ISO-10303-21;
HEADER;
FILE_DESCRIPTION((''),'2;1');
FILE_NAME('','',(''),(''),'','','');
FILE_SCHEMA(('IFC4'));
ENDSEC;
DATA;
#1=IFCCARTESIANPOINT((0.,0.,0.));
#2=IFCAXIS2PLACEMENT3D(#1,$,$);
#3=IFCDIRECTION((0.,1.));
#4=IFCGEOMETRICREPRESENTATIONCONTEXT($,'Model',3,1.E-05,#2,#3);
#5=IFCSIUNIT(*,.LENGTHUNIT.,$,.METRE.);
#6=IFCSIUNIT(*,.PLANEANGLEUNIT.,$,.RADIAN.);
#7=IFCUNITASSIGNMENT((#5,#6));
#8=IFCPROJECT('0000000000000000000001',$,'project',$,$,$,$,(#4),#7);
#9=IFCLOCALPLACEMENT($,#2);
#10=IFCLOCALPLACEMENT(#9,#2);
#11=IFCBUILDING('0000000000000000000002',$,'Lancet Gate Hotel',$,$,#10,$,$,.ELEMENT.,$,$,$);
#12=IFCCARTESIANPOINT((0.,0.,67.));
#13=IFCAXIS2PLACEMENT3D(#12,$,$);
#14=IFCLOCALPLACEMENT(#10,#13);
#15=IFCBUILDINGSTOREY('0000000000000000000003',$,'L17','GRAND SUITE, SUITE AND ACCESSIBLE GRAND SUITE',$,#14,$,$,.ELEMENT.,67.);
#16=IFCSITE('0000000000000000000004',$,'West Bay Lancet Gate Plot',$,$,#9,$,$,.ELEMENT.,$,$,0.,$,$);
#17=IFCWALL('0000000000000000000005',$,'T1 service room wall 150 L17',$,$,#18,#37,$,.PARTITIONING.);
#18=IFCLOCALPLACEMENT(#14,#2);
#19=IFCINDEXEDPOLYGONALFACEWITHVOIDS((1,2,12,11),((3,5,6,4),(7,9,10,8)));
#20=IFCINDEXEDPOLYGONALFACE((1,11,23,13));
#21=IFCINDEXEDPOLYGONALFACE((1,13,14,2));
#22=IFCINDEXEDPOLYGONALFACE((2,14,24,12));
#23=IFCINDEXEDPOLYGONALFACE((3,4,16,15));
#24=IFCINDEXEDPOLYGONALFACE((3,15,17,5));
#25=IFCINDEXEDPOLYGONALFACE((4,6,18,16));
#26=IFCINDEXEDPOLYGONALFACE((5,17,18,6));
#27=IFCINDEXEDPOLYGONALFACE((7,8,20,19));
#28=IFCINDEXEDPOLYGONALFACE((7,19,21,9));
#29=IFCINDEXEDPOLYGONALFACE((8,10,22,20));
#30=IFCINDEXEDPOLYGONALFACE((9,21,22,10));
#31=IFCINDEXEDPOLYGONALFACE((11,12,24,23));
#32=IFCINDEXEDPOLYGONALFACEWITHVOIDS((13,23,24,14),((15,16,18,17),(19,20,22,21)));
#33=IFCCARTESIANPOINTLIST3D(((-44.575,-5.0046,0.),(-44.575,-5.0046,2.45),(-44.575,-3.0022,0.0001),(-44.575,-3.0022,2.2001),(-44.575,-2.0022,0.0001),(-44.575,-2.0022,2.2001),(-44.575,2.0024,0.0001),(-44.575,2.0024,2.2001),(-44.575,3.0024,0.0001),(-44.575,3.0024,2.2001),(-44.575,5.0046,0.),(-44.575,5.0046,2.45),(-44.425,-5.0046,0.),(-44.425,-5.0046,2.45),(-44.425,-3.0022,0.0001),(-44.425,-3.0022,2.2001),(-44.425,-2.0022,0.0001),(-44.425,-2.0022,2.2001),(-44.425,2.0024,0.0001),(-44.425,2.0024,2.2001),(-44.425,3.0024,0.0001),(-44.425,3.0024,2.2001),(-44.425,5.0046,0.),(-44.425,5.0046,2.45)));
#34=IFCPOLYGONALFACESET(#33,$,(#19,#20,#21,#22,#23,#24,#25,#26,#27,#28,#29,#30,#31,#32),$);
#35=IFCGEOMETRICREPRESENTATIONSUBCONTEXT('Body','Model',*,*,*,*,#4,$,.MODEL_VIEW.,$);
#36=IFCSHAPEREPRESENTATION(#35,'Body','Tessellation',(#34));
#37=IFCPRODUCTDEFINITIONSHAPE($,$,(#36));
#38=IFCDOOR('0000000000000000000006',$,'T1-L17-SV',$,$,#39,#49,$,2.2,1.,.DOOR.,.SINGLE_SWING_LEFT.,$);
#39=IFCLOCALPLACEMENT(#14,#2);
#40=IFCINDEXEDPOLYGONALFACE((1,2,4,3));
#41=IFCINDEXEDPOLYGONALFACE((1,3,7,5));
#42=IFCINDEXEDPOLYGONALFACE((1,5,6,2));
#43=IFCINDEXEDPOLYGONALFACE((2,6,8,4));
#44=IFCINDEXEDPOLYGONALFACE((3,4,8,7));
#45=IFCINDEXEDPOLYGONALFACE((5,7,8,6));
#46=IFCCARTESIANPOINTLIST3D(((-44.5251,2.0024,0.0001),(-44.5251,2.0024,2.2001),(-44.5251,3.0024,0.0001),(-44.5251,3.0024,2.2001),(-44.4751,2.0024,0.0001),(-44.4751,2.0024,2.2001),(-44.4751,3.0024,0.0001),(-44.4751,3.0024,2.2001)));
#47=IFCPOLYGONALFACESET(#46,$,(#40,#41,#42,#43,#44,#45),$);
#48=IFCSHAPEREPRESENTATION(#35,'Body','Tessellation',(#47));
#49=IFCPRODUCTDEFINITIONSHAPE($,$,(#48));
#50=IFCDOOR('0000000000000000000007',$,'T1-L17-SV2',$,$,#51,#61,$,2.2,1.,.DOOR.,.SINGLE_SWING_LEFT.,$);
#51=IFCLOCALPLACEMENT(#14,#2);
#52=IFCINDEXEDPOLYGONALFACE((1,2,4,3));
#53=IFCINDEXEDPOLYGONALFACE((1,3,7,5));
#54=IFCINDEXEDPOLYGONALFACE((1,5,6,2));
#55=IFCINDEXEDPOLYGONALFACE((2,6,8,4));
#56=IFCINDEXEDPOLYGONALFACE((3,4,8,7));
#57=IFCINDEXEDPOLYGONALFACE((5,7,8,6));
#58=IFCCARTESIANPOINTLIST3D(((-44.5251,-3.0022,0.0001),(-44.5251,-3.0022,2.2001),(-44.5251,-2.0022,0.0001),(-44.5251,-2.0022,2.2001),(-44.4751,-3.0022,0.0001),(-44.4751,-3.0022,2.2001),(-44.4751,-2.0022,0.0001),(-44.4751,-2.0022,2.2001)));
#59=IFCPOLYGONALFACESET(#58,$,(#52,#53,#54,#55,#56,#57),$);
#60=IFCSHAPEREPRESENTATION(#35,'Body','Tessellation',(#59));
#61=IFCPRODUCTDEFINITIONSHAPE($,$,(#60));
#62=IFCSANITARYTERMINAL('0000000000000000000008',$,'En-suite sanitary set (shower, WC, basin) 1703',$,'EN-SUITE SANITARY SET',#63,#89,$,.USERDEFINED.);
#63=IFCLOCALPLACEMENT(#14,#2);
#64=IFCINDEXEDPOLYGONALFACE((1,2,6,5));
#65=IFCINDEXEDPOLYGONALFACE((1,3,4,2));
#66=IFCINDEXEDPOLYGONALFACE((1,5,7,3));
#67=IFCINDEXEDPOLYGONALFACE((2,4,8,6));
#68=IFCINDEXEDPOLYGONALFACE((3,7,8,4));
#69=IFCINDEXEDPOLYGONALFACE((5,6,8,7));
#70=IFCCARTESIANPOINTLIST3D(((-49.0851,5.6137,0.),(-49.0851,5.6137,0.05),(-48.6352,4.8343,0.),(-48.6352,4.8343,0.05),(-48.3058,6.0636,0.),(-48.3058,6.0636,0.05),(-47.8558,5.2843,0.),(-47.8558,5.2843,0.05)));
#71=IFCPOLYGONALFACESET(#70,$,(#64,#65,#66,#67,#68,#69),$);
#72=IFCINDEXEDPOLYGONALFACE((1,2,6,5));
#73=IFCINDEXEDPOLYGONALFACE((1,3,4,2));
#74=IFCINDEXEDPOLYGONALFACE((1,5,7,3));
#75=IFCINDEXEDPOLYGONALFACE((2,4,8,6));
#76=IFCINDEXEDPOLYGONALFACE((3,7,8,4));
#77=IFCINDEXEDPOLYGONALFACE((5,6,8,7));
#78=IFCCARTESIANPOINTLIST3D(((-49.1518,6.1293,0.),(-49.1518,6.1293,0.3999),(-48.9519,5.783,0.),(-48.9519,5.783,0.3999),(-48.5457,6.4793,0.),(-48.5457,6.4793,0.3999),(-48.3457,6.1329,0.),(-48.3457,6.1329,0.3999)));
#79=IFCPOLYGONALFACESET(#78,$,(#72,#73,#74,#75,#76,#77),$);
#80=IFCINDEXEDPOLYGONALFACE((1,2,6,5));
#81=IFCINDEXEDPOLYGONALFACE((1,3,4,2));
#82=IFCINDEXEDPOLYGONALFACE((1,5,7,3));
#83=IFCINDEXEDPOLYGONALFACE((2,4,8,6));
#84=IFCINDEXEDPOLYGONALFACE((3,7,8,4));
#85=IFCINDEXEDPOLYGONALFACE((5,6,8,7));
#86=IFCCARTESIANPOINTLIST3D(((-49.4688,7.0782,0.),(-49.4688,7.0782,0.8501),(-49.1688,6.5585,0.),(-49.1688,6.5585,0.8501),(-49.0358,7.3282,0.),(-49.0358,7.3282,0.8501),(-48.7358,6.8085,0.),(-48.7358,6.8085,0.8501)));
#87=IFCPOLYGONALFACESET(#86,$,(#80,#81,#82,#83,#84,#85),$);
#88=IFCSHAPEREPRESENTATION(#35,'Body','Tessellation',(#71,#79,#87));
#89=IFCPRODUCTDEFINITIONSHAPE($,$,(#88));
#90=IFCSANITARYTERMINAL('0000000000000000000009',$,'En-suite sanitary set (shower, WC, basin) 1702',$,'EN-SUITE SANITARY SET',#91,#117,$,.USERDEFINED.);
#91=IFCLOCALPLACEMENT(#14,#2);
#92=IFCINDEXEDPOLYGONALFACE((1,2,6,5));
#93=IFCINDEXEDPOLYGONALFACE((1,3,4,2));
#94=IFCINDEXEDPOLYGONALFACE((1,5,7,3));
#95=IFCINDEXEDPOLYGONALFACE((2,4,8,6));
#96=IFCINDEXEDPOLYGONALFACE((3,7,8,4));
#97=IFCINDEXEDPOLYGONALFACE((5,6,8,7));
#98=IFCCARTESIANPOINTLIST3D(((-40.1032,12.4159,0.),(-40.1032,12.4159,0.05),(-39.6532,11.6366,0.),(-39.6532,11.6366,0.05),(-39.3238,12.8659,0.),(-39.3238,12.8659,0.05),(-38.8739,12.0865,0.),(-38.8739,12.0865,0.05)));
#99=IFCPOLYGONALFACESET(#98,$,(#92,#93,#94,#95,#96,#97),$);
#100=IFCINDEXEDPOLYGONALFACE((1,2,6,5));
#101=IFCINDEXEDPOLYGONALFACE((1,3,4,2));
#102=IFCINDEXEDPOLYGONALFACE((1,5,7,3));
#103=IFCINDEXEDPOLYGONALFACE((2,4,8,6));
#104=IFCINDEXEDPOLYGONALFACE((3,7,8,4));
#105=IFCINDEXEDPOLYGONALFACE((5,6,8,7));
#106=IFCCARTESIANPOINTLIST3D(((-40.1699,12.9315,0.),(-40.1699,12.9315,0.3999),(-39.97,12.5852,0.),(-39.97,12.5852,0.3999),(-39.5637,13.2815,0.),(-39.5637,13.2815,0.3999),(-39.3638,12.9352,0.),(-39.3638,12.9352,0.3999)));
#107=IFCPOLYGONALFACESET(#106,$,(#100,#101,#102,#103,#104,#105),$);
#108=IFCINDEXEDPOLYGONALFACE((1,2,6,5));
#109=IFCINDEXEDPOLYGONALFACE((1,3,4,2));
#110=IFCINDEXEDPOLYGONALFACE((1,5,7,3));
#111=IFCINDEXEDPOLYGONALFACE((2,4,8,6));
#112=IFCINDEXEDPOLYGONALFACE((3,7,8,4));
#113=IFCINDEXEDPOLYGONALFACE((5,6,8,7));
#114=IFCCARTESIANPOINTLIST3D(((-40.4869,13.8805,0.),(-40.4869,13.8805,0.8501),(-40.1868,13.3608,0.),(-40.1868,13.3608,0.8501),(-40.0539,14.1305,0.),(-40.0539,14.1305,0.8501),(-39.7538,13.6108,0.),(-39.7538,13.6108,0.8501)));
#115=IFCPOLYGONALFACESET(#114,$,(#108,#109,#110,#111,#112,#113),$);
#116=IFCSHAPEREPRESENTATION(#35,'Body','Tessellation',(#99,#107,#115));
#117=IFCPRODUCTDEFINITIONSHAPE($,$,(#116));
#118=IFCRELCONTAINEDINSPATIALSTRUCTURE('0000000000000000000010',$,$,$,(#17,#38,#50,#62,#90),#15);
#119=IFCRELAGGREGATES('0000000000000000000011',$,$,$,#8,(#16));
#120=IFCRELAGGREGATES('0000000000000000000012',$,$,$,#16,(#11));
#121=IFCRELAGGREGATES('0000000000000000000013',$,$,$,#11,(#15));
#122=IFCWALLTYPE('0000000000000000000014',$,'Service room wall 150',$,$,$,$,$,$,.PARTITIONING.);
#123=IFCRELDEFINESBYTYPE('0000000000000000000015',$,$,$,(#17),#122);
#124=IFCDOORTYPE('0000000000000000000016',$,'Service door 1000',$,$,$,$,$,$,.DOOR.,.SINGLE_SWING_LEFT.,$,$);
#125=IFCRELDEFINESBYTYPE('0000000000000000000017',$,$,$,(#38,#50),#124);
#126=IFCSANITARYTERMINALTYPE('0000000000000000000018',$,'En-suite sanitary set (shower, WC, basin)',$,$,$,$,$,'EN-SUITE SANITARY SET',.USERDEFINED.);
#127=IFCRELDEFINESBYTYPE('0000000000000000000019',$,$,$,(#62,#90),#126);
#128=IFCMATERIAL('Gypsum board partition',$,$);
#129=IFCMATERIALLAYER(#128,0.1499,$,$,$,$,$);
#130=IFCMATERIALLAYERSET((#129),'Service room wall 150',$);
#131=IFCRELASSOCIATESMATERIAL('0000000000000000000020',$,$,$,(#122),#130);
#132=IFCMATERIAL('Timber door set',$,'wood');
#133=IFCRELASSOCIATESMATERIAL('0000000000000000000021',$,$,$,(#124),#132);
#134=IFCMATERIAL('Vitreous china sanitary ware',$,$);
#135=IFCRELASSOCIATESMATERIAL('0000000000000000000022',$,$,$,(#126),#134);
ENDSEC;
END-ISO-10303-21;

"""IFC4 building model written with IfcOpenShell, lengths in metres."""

from ifc_helpers import new_model, si_unit, direction, frame, frame_2d, origin, origin_2d, place, context, subcontext, project, spatial, rectangle, extrude, material, layer, layer_set, type_object, element, fill, save


model = new_model("IFC4")

# Units and contexts
model_context = context("Model", 3, precision=1e-05, world=origin(), true_north=direction((0.0, 1.0)))
body_context = subcontext(model_context, "Body", "Model", "MODEL_VIEW")
ifc_project = project(units=[si_unit("LENGTHUNIT", "METRE"), si_unit("PLANEANGLEUNIT", "RADIAN")], contexts=[model_context])

# Site, building, storey
site_placement = place(None, origin())
site = spatial("IfcSite", under=ifc_project, at=site_placement, Name="West Bay Lancet Gate Plot", CompositionType="ELEMENT", RefElevation=0.0)
building_placement = place(site_placement, origin())
building = spatial("IfcBuilding", under=site, at=building_placement, Name="Lancet Gate Hotel", CompositionType="ELEMENT")
storey_placement = place(building_placement, frame((0.0, 0.0, 67.0)))
storey = spatial("IfcBuildingStorey", under=building, at=storey_placement, Name="L17", Description="GRAND SUITE, SUITE AND ACCESSIBLE GRAND SUITE", CompositionType="ELEMENT", Elevation=67.0)

# Shared definitions
ifc_material_1 = material(Name="Gypsum board partition")
ifc_layer_1 = layer(ifc_material_1, 0.1499)
ifc_layer_set_1 = layer_set([ifc_layer_1], Name="Service room wall 150")
wall_type_1 = type_object("IfcWallType", Name="Service room wall 150", PredefinedType="PARTITIONING", material=ifc_layer_set_1)

# Wall, openings, doors
wall_1_placement = place(storey_placement, frame((-44.5, 5.0046, 0.0), z_axis=(0.0, 0.0, 1.0), x_axis=(0.0, -1.0, 0.0)))
wall_1 = element("IfcWall", 1, at=wall_1_placement, inside=storey, type_object=wall_type_1, Name="T1 service room wall 150 L17", PredefinedType="PARTITIONING", context=body_context, shape_type="SweptSolid", body=[
    extrude(rectangle(XDim=10.0093, YDim=0.1499, at=frame_2d((5.0046, 0.0))), origin(), (0.0, 0.0, 1.0), 2.45),
])
opening_1_placement = place(wall_1_placement, frame((2.0022, 0.0, 0.0)))
opening_1 = element("IfcOpeningElement", 2, at=opening_1_placement, cuts=wall_1, PredefinedType="OPENING", context=body_context, shape_type="SweptSolid", body=[
    extrude(rectangle(XDim=1.0, YDim=2.2, at=frame_2d((0.5, 1.1001))), frame((0.0, 0.085, 0.0), z_axis=(0.0, -1.0, 0.0), x_axis=(1.0, 0.0, 0.0)), (0.0, 0.0, 1.0), 0.1699),
])
opening_2_placement = place(wall_1_placement, frame((7.0068, 0.0, 0.0)))
opening_2 = element("IfcOpeningElement", 3, at=opening_2_placement, cuts=wall_1, PredefinedType="OPENING", context=body_context, shape_type="SweptSolid", body=[
    extrude(rectangle(XDim=1.0, YDim=2.2, at=frame_2d((0.5, 1.1001))), frame((0.0, 0.085, 0.0), z_axis=(0.0, -1.0, 0.0), x_axis=(1.0, 0.0, 0.0)), (0.0, 0.0, 1.0), 0.1699),
])
ifc_material_2 = material(Name="Timber door set", Category="wood")
door_type_1 = type_object("IfcDoorType", Name="Service door 1000", OperationType="SINGLE_SWING_LEFT", PredefinedType="DOOR", material=ifc_material_2)
door_1_placement = place(opening_1_placement, origin())
door_1 = element("IfcDoor", 4, at=door_1_placement, inside=storey, type_object=door_type_1, Name="T1-L17-SV", OperationType="SINGLE_SWING_LEFT", OverallHeight=2.2, OverallWidth=1.0, PredefinedType="DOOR", context=body_context, shape_type="SweptSolid", body=[
    extrude(rectangle(XDim=1.0, YDim=2.2, at=frame_2d((0.5, 1.1001))), frame((0.0, 0.0249, 0.0), z_axis=(0.0, -1.0, 0.0), x_axis=(1.0, 0.0, 0.0)), (0.0, 0.0, 1.0), 0.05),
])
fill(opening_1, door_1)
door_2_placement = place(opening_2_placement, origin())
door_2 = element("IfcDoor", 5, at=door_2_placement, inside=storey, type_object=door_type_1, Name="T1-L17-SV2", OperationType="SINGLE_SWING_LEFT", OverallHeight=2.2, OverallWidth=1.0, PredefinedType="DOOR", context=body_context, shape_type="SweptSolid", body=[
    extrude(rectangle(XDim=1.0, YDim=2.2, at=frame_2d((0.5, 1.1001))), frame((0.0, 0.0249, 0.0), z_axis=(0.0, -1.0, 0.0), x_axis=(1.0, 0.0, 0.0)), (0.0, 0.0, 1.0), 0.05),
])
fill(opening_2, door_2)

# Sanitary terminals
ifc_material_3 = material(Name="Vitreous china sanitary ware")
sanitary_terminal_type = type_object("IfcSanitaryTerminalType", Name="En-suite sanitary set (shower, WC, basin)", ElementType="EN-SUITE SANITARY SET", PredefinedType="USERDEFINED", material=ifc_material_3)
for number, where, z_axis, x_axis, name in (
    (6, (-48.4705, 5.449, 0.0), (0.0, 0.0, 1.0), (1.0, 0.0, 0.0), "En-suite sanitary set (shower, WC, basin) 1703"),
    (7, (-39.4885, 12.2512, 0.0), (0.0, 0.0, 1.0), (1.0, 0.0, 0.0), "En-suite sanitary set (shower, WC, basin) 1702"),
):
    element("IfcSanitaryTerminal", number, at=place(storey_placement, frame(where, z_axis=z_axis, x_axis=x_axis)), inside=storey, type_object=sanitary_terminal_type, Name=name, ObjectType="EN-SUITE SANITARY SET", PredefinedType="USERDEFINED", context=body_context, shape_type="SweptSolid", body=[
        extrude(rectangle(XDim=0.8999, YDim=0.8999, at=origin_2d()), frame((0.0, 0.0, 0.0), z_axis=(0.0, 0.0, 1.0), x_axis=(0.5, -0.866025, 0.0)), (0.0, 0.0, 1.0), 0.05),
        extrude(rectangle(XDim=0.3999, YDim=0.7, at=origin_2d()), frame((-0.2783, 0.6821, 0.0), z_axis=(0.0, 0.0, 1.0), x_axis=(0.5, -0.866025, 0.0)), (0.0, 0.0, 1.0), 0.3999),
        extrude(rectangle(XDim=0.6001, YDim=0.5, at=origin_2d()), frame((-0.6318, 1.4944, 0.0), z_axis=(0.0, 0.0, 1.0), x_axis=(0.5, -0.866025, 0.0)), (0.0, 0.0, 1.0), 0.8501),
    ])

save(model, "model.ifc")
